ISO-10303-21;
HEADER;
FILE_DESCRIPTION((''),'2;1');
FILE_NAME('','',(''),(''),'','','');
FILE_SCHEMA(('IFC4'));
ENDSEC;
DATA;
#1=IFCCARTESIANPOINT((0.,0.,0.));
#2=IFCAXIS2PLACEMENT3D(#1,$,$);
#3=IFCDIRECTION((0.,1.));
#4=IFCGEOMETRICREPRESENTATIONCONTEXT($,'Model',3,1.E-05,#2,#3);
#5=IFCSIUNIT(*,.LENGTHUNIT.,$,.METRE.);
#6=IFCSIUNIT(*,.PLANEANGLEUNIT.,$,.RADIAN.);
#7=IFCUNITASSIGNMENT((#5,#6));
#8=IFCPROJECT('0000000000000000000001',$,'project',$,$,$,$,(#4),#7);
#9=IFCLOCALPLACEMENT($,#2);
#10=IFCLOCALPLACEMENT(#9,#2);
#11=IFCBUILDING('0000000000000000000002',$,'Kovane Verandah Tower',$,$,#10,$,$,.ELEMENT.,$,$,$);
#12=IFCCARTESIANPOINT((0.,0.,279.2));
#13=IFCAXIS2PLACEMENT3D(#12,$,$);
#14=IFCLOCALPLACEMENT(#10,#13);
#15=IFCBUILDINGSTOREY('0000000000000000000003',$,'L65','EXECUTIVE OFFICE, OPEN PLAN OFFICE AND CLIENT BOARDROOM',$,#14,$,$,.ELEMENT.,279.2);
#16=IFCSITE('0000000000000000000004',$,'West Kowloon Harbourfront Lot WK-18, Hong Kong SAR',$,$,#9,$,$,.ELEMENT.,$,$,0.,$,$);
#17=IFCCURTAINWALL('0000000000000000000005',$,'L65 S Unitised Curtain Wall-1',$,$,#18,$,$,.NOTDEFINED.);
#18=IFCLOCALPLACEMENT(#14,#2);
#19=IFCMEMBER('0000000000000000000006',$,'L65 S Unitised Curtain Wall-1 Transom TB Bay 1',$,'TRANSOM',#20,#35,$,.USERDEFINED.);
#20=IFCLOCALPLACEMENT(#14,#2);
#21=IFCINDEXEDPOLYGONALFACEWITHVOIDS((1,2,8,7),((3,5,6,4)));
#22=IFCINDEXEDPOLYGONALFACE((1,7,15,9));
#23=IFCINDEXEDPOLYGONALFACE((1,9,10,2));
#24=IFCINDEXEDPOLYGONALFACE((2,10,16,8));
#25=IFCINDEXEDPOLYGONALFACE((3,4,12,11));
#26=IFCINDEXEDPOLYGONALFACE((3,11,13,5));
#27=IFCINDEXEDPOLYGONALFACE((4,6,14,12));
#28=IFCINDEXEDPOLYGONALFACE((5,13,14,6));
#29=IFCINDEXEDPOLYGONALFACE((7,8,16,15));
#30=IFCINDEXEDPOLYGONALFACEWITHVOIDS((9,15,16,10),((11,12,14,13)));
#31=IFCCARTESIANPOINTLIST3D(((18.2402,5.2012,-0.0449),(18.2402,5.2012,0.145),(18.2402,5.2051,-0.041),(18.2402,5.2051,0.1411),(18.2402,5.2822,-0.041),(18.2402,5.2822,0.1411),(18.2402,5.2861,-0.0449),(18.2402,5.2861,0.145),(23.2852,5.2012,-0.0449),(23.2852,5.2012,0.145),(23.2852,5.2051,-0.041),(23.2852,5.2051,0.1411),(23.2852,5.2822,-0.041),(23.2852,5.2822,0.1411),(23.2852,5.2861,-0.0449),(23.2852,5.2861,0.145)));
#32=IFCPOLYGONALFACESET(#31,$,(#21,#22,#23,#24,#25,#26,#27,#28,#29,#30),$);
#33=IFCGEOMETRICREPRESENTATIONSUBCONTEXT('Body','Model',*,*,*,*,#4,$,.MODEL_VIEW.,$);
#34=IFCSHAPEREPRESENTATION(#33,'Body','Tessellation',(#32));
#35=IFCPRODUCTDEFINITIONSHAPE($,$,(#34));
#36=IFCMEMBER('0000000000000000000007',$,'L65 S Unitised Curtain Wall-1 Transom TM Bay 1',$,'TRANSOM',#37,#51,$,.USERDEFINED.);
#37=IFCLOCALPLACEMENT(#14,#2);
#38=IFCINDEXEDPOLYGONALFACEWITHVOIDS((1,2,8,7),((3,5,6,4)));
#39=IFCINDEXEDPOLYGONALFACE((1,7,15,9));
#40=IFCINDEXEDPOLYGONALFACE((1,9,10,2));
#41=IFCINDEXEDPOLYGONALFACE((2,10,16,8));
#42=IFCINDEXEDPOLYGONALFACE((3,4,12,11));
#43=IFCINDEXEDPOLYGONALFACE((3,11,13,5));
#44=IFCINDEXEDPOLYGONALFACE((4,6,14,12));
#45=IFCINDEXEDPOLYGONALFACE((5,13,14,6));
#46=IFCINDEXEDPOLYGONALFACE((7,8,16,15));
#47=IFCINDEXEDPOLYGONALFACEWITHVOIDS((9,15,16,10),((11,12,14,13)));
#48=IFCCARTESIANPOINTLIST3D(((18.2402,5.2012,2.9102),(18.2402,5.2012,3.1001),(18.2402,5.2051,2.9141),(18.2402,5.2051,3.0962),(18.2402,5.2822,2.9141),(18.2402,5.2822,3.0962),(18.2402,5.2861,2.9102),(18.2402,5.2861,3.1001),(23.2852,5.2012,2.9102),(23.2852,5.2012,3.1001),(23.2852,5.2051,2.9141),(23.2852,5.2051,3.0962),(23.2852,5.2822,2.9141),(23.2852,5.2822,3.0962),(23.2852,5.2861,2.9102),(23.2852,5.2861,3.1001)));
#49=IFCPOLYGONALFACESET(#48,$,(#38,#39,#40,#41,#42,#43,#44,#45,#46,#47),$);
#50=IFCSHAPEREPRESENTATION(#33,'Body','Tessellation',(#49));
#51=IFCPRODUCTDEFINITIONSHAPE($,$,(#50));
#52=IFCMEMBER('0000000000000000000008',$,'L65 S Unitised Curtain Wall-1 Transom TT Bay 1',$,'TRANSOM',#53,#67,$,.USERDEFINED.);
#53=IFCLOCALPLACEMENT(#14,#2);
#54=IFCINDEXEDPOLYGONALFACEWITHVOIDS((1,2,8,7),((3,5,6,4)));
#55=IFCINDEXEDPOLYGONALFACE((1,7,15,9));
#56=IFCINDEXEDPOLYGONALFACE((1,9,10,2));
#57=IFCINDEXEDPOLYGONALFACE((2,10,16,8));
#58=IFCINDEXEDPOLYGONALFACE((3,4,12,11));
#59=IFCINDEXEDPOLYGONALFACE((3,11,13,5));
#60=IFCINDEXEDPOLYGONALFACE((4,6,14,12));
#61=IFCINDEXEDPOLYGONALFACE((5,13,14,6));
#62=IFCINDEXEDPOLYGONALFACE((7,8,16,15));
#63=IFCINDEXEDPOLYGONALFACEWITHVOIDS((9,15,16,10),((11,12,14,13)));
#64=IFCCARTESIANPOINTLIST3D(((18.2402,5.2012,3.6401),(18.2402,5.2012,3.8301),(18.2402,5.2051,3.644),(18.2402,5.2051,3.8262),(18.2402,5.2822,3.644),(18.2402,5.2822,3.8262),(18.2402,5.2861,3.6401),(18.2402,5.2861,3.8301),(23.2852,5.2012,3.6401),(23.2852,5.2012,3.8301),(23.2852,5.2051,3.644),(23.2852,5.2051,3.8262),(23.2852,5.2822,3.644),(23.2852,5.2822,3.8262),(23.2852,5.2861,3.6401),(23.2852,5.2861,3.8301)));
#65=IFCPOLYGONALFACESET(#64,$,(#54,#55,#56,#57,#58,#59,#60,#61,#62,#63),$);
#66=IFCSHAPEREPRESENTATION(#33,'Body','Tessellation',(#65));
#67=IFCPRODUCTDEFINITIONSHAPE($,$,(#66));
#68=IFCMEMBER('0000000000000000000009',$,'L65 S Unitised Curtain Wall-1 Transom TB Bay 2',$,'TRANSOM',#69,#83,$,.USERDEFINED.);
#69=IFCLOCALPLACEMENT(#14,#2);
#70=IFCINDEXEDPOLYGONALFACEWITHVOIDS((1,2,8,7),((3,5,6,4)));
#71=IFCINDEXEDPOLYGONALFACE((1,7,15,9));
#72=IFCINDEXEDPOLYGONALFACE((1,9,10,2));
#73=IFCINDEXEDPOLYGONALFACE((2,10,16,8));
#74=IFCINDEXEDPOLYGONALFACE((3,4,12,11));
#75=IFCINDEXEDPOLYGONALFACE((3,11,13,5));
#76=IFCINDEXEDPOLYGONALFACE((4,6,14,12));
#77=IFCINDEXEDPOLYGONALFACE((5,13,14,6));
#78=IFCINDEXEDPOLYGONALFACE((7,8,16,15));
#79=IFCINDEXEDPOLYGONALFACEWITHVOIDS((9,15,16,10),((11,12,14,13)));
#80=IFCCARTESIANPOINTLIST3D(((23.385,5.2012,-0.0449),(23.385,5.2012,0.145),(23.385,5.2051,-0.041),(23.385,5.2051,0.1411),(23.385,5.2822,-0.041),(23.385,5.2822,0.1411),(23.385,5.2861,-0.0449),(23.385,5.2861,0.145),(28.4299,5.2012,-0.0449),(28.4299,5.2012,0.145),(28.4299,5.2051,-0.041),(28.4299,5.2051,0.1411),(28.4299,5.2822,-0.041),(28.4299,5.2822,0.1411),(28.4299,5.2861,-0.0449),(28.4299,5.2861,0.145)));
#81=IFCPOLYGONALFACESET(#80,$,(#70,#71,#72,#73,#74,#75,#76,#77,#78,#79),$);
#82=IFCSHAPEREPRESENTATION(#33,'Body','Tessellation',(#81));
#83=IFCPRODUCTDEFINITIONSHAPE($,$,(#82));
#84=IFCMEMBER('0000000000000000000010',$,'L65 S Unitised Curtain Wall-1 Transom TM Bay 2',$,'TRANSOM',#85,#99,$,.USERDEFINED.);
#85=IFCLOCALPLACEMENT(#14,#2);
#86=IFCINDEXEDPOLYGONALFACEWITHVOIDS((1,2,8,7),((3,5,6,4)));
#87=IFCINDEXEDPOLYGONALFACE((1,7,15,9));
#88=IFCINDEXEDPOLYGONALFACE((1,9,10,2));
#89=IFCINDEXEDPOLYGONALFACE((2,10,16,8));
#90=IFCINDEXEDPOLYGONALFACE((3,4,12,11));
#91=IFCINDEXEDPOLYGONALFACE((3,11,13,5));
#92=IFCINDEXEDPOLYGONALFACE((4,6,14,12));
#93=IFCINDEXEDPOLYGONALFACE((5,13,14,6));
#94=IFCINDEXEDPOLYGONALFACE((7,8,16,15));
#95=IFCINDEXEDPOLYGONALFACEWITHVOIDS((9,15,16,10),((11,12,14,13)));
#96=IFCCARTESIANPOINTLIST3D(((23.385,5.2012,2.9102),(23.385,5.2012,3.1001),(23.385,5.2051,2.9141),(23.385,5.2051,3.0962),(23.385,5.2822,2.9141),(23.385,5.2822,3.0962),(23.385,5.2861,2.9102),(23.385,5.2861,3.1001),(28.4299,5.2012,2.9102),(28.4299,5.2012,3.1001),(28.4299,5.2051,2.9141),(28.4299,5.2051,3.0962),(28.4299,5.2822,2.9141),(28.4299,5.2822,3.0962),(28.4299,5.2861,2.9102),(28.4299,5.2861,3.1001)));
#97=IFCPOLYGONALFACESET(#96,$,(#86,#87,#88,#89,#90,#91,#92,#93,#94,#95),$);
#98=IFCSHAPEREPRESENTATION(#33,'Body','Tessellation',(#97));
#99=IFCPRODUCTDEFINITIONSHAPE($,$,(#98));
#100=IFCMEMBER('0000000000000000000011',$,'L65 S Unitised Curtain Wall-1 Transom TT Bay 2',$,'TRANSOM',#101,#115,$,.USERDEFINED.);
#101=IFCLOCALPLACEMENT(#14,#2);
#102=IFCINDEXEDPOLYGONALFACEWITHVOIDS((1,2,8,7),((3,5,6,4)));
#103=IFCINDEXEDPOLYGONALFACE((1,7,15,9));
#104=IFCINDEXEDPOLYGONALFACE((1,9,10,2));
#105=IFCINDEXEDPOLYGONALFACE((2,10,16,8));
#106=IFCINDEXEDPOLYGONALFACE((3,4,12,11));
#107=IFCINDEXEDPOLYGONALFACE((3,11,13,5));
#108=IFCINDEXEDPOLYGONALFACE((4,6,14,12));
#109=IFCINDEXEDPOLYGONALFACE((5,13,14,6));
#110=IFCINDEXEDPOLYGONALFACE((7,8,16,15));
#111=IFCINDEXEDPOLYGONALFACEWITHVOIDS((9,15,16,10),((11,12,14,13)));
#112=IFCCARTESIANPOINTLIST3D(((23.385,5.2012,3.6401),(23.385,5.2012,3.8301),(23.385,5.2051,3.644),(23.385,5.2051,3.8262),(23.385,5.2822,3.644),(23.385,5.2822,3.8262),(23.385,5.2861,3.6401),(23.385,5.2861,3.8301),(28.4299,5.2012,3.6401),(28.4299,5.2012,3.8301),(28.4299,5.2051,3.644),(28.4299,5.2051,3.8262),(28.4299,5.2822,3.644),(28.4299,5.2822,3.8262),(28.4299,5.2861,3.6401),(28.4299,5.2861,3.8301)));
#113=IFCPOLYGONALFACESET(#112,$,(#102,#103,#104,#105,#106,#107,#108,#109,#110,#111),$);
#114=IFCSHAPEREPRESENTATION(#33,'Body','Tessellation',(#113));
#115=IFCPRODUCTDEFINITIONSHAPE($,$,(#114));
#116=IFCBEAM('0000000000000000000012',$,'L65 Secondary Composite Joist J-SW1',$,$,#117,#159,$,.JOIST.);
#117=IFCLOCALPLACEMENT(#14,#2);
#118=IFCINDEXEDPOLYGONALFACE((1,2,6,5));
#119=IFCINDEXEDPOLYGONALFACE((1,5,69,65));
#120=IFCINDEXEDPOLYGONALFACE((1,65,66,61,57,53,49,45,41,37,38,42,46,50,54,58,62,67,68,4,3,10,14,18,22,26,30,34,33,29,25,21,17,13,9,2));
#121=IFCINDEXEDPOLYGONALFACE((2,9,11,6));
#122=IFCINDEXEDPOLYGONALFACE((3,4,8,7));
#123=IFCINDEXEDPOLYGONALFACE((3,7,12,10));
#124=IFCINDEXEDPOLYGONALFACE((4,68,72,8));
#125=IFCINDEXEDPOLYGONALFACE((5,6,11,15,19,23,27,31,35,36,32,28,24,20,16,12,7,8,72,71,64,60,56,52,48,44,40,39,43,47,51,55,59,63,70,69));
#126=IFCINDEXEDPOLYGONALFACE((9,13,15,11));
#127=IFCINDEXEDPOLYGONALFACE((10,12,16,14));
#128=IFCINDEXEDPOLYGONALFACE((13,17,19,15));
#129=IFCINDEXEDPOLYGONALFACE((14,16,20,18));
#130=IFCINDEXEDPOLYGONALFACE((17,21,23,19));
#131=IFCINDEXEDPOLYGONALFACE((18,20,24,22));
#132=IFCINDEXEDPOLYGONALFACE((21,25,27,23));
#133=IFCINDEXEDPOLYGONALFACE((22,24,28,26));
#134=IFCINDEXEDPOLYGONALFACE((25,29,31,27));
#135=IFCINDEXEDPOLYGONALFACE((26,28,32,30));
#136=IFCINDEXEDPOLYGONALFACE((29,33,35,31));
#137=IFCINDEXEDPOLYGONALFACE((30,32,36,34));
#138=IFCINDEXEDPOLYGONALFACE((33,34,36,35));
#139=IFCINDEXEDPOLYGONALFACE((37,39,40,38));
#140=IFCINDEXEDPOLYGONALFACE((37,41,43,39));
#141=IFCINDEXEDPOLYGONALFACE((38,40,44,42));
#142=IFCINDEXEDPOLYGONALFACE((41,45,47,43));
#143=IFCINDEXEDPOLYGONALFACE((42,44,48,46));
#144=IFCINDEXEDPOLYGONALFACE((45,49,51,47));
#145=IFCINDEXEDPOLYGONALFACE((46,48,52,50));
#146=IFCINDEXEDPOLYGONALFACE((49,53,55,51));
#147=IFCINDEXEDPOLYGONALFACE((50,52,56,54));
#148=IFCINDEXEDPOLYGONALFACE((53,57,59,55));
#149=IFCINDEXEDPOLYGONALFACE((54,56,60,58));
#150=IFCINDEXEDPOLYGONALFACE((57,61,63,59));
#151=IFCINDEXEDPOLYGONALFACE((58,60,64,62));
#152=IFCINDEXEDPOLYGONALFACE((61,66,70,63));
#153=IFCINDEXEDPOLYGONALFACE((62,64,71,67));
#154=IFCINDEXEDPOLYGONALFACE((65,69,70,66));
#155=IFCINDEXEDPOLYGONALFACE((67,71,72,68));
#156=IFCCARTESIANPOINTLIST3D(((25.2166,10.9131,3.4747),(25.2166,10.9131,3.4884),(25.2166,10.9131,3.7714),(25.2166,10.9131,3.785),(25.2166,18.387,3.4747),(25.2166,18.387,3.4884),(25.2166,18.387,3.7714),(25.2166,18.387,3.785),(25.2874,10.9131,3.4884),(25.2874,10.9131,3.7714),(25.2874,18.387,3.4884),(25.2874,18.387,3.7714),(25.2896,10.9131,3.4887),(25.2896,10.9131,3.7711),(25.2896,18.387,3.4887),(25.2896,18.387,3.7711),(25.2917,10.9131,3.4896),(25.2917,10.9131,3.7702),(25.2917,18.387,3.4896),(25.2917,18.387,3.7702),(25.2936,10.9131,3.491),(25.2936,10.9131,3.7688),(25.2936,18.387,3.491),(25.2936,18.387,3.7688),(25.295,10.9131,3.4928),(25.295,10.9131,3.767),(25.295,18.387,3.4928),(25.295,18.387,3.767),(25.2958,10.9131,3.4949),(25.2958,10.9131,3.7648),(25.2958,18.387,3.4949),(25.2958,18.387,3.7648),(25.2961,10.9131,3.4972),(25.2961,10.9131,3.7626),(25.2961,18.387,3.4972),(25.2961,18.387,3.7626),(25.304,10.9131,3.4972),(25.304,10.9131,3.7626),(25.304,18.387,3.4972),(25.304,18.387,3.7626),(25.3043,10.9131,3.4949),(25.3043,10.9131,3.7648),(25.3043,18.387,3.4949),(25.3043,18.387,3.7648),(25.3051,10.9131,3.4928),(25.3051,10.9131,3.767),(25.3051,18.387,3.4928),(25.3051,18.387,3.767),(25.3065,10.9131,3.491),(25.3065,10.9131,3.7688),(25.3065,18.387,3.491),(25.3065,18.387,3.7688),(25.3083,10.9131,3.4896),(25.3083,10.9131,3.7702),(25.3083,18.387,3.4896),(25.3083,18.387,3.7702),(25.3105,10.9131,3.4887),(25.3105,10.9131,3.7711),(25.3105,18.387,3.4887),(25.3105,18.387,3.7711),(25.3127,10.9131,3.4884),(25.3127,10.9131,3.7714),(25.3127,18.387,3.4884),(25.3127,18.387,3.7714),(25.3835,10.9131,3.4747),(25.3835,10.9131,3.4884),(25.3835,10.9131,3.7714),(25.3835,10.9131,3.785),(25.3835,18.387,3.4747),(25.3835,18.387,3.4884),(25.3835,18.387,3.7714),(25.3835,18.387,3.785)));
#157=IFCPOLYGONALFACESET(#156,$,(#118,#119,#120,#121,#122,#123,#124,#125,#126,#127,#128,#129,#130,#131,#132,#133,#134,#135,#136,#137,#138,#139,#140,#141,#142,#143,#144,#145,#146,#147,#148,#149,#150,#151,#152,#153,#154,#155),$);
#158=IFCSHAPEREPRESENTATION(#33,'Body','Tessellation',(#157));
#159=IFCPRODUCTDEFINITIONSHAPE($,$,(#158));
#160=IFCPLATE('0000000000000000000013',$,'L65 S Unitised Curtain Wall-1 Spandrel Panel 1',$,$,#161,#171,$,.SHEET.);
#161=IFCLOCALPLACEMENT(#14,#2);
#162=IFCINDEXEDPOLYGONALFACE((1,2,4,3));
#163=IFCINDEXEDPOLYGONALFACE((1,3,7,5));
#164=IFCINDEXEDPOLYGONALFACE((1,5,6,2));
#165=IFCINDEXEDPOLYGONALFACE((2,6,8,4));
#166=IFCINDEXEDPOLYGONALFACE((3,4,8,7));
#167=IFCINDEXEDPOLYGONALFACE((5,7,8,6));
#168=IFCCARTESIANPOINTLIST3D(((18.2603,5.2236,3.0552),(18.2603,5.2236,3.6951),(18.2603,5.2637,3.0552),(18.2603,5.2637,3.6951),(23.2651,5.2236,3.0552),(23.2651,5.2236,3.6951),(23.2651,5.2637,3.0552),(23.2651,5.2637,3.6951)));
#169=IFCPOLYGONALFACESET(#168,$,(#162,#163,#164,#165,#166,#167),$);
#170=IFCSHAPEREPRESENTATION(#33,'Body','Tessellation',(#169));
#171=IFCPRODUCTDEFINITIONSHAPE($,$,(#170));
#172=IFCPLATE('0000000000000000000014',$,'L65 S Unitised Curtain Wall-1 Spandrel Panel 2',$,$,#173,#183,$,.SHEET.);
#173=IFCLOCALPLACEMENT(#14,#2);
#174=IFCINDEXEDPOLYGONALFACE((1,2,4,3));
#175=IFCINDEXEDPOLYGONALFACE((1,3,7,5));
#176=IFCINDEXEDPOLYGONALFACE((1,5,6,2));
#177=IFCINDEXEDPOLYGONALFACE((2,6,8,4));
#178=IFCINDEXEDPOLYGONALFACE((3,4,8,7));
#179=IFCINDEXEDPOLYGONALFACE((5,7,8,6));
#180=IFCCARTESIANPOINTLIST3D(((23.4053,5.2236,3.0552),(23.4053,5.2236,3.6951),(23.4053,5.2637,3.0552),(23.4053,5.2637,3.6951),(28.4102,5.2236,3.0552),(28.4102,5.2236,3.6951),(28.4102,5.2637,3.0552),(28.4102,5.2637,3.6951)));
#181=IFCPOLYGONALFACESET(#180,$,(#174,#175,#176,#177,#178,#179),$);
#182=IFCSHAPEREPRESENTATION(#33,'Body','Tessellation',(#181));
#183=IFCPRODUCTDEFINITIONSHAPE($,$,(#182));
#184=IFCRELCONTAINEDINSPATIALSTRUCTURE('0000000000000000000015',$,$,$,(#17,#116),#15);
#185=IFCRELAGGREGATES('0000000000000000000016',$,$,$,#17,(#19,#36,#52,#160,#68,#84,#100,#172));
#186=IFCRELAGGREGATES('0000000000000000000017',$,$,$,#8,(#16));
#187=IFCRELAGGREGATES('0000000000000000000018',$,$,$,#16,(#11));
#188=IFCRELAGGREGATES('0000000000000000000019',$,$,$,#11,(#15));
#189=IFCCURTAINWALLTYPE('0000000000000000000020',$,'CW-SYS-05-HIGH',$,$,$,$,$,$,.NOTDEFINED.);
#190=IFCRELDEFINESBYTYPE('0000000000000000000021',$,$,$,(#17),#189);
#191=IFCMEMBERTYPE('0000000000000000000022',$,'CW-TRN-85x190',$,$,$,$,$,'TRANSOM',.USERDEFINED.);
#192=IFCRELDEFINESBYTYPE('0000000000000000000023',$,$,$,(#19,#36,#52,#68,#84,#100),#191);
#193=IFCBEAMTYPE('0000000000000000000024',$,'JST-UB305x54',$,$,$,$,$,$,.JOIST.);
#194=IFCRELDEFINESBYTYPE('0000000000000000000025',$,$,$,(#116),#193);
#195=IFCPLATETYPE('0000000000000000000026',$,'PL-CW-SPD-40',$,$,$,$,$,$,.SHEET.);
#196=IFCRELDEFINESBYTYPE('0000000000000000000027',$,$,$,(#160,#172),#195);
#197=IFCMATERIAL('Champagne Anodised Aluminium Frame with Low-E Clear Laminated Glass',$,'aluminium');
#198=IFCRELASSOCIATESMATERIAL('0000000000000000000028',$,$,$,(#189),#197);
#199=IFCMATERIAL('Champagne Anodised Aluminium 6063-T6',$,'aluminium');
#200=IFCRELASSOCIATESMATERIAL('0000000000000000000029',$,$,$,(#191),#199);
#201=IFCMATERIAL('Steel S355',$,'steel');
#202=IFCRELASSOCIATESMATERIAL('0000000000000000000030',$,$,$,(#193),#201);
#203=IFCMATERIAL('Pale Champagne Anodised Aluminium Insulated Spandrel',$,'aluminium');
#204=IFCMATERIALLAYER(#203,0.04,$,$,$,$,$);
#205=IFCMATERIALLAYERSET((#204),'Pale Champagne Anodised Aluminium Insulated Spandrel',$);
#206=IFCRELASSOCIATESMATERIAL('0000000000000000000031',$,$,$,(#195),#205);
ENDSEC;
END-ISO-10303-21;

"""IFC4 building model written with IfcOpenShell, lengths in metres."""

from ifc_helpers import new_model, si_unit, direction, frame, origin, origin_2d, place, context, subcontext, project, spatial, rectangle, hollow_rectangle, i_section, extrude, material, layer, layer_set, material_profile, profile_set, type_object, element, aggregate, save


model = new_model("IFC4")

# Units and contexts
model_context = context("Model", 3, precision=1e-05, world=origin(), true_north=direction((0.0, 1.0)))
body_context = subcontext(model_context, "Body", "Model", "MODEL_VIEW")
ifc_project = project(units=[si_unit("LENGTHUNIT", "METRE"), si_unit("PLANEANGLEUNIT", "RADIAN")], contexts=[model_context])

# Site, building, storey
site_placement = place(None, origin())
site = spatial("IfcSite", under=ifc_project, at=site_placement, Name="West Kowloon Harbourfront Lot WK-18, Hong Kong SAR", CompositionType="ELEMENT", RefElevation=0.0)
building_placement = place(site_placement, origin())
building = spatial("IfcBuilding", under=site, at=building_placement, Name="Kovane Verandah Tower", CompositionType="ELEMENT")
storey_placement = place(building_placement, frame((0.0, 0.0, 279.2)))
storey = spatial("IfcBuildingStorey", under=building, at=storey_placement, Name="L65", Description="EXECUTIVE OFFICE, OPEN PLAN OFFICE AND CLIENT BOARDROOM", CompositionType="ELEMENT", Elevation=279.2)

# Shared definitions
ifc_material_1 = material(Name="Steel S355", Category="steel")

# Curtain wall, members
ifc_material_2 = material(Name="Champagne Anodised Aluminium Frame with Low-E Clear Laminated Glass", Category="aluminium")
curtain_wall_type = type_object("IfcCurtainWallType", Name="CW-SYS-05-HIGH", PredefinedType="NOTDEFINED", material=ifc_material_2)
curtain_wall_placement = place(storey_placement, origin())
curtain_wall = element("IfcCurtainWall", 1, at=curtain_wall_placement, inside=storey, type_object=curtain_wall_type, Name="L65 S Unitised Curtain Wall-1", PredefinedType="NOTDEFINED")
ifc_material_3 = material(Name="Champagne Anodised Aluminium 6063-T6", Category="aluminium")
ifc_material_profile_1 = material_profile(ifc_material_3, hollow_rectangle(XDim=0.085, YDim=0.1899, WallThickness=0.0039, at=origin_2d()), Name="AL85x190x4")
ifc_profile_set_1 = profile_set([ifc_material_profile_1], Name="Champagne Anodised Aluminium 6063-T6")
member_type_1 = type_object("IfcMemberType", Name="CW-TRN-85x190", ElementType="TRANSOM", PredefinedType="USERDEFINED", material=ifc_profile_set_1)
member_1_placement = place(storey_placement, frame((18.2402, 5.2437, 0.05), z_axis=(1.0, 0.0, 0.0), x_axis=(0.0, 1.0, 0.0)))
member_1 = element("IfcMember", 2, at=member_1_placement, type_object=member_type_1, Name="L65 S Unitised Curtain Wall-1 Transom TB Bay 1", ObjectType="TRANSOM", PredefinedType="USERDEFINED", context=body_context, shape_type="SweptSolid", body=[
    extrude(hollow_rectangle(XDim=0.085, YDim=0.1899, WallThickness=0.0039, at=origin_2d()), origin(), (0.0, 0.0, 1.0), 5.0449),
])
member_2_placement = place(storey_placement, frame((18.2402, 5.2437, 3.0051), z_axis=(1.0, 0.0, 0.0), x_axis=(0.0, 1.0, 0.0)))
member_2 = element("IfcMember", 3, at=member_2_placement, type_object=member_type_1, Name="L65 S Unitised Curtain Wall-1 Transom TM Bay 1", ObjectType="TRANSOM", PredefinedType="USERDEFINED", context=body_context, shape_type="SweptSolid", body=[
    extrude(hollow_rectangle(XDim=0.085, YDim=0.1899, WallThickness=0.0039, at=origin_2d()), origin(), (0.0, 0.0, 1.0), 5.0449),
])
member_3_placement = place(storey_placement, frame((18.2402, 5.2437, 3.7351), z_axis=(1.0, 0.0, 0.0), x_axis=(0.0, 1.0, 0.0)))
member_3 = element("IfcMember", 4, at=member_3_placement, type_object=member_type_1, Name="L65 S Unitised Curtain Wall-1 Transom TT Bay 1", ObjectType="TRANSOM", PredefinedType="USERDEFINED", context=body_context, shape_type="SweptSolid", body=[
    extrude(hollow_rectangle(XDim=0.085, YDim=0.1899, WallThickness=0.0039, at=origin_2d()), origin(), (0.0, 0.0, 1.0), 5.0449),
])
member_4_placement = place(storey_placement, frame((23.385, 5.2437, 0.05), z_axis=(1.0, 0.0, 0.0), x_axis=(0.0, 1.0, 0.0)))
member_4 = element("IfcMember", 5, at=member_4_placement, type_object=member_type_1, Name="L65 S Unitised Curtain Wall-1 Transom TB Bay 2", ObjectType="TRANSOM", PredefinedType="USERDEFINED", context=body_context, shape_type="SweptSolid", body=[
    extrude(hollow_rectangle(XDim=0.085, YDim=0.1899, WallThickness=0.0039, at=origin_2d()), origin(), (0.0, 0.0, 1.0), 5.0449),
])
member_5_placement = place(storey_placement, frame((23.385, 5.2437, 3.0051), z_axis=(1.0, 0.0, 0.0), x_axis=(0.0, 1.0, 0.0)))
member_5 = element("IfcMember", 6, at=member_5_placement, type_object=member_type_1, Name="L65 S Unitised Curtain Wall-1 Transom TM Bay 2", ObjectType="TRANSOM", PredefinedType="USERDEFINED", context=body_context, shape_type="SweptSolid", body=[
    extrude(hollow_rectangle(XDim=0.085, YDim=0.1899, WallThickness=0.0039, at=origin_2d()), origin(), (0.0, 0.0, 1.0), 5.0449),
])
member_6_placement = place(storey_placement, frame((23.385, 5.2437, 3.7351), z_axis=(1.0, 0.0, 0.0), x_axis=(0.0, 1.0, 0.0)))
member_6 = element("IfcMember", 7, at=member_6_placement, type_object=member_type_1, Name="L65 S Unitised Curtain Wall-1 Transom TT Bay 2", ObjectType="TRANSOM", PredefinedType="USERDEFINED", context=body_context, shape_type="SweptSolid", body=[
    extrude(hollow_rectangle(XDim=0.085, YDim=0.1899, WallThickness=0.0039, at=origin_2d()), origin(), (0.0, 0.0, 1.0), 5.0449),
])

# Beam
ifc_material_profile_2 = material_profile(ifc_material_1, i_section(OverallWidth=0.167, OverallDepth=0.3103, WebThickness=0.0078, FlangeThickness=0.0137, FilletRadius=0.0088, at=origin_2d()), Name="UB305x165x54")
ifc_profile_set_2 = profile_set([ifc_material_profile_2], Name="Steel S355")
beam_type_1 = type_object("IfcBeamType", Name="JST-UB305x54", PredefinedType="JOIST", material=ifc_profile_set_2)
beam_1_placement = place(storey_placement, frame((25.3, 10.9131, 3.6299), z_axis=(0.0, 1.0, 0.0), x_axis=(-1.0, 0.0, 0.0)))
element("IfcBeam", 8, at=beam_1_placement, inside=storey, type_object=beam_type_1, Name="L65 Secondary Composite Joist J-SW1", PredefinedType="JOIST", context=body_context, shape_type="SweptSolid", body=[
    extrude(i_section(OverallWidth=0.167, OverallDepth=0.3103, WebThickness=0.0078, FlangeThickness=0.0137, FilletRadius=0.0088, at=origin_2d()), origin(), (0.0, 0.0, 1.0), 7.4739),
])

# Plates
ifc_material_4 = material(Name="Pale Champagne Anodised Aluminium Insulated Spandrel", Category="aluminium")
ifc_layer_1 = layer(ifc_material_4, 0.04)
ifc_layer_set_1 = layer_set([ifc_layer_1], Name="Pale Champagne Anodised Aluminium Insulated Spandrel")
plate_type_1 = type_object("IfcPlateType", Name="PL-CW-SPD-40", PredefinedType="SHEET", material=ifc_layer_set_1)
plate_1_placement = place(storey_placement, frame((20.7627, 5.2437, 3.0552), z_axis=(0.0, 0.0, 1.0), x_axis=(1.0, 0.0, 0.0)))
plate_1 = element("IfcPlate", 9, at=plate_1_placement, type_object=plate_type_1, Name="L65 S Unitised Curtain Wall-1 Spandrel Panel 1", PredefinedType="SHEET", context=body_context, shape_type="SweptSolid", body=[
    extrude(rectangle(XDim=5.0049, YDim=0.04, at=origin_2d()), origin(), (0.0, 0.0, 1.0), 0.6399),
])
plate_2_placement = place(storey_placement, frame((25.9077, 5.2437, 3.0552), z_axis=(0.0, 0.0, 1.0), x_axis=(1.0, 0.0, 0.0)))
plate_2 = element("IfcPlate", 10, at=plate_2_placement, type_object=plate_type_1, Name="L65 S Unitised Curtain Wall-1 Spandrel Panel 2", PredefinedType="SHEET", context=body_context, shape_type="SweptSolid", body=[
    extrude(rectangle(XDim=5.0049, YDim=0.04, at=origin_2d()), origin(), (0.0, 0.0, 1.0), 0.6399),
])
aggregate(curtain_wall, [member_1, member_2, member_3, plate_1, member_4, member_5, member_6, plate_2])

save(model, "model.ifc")
